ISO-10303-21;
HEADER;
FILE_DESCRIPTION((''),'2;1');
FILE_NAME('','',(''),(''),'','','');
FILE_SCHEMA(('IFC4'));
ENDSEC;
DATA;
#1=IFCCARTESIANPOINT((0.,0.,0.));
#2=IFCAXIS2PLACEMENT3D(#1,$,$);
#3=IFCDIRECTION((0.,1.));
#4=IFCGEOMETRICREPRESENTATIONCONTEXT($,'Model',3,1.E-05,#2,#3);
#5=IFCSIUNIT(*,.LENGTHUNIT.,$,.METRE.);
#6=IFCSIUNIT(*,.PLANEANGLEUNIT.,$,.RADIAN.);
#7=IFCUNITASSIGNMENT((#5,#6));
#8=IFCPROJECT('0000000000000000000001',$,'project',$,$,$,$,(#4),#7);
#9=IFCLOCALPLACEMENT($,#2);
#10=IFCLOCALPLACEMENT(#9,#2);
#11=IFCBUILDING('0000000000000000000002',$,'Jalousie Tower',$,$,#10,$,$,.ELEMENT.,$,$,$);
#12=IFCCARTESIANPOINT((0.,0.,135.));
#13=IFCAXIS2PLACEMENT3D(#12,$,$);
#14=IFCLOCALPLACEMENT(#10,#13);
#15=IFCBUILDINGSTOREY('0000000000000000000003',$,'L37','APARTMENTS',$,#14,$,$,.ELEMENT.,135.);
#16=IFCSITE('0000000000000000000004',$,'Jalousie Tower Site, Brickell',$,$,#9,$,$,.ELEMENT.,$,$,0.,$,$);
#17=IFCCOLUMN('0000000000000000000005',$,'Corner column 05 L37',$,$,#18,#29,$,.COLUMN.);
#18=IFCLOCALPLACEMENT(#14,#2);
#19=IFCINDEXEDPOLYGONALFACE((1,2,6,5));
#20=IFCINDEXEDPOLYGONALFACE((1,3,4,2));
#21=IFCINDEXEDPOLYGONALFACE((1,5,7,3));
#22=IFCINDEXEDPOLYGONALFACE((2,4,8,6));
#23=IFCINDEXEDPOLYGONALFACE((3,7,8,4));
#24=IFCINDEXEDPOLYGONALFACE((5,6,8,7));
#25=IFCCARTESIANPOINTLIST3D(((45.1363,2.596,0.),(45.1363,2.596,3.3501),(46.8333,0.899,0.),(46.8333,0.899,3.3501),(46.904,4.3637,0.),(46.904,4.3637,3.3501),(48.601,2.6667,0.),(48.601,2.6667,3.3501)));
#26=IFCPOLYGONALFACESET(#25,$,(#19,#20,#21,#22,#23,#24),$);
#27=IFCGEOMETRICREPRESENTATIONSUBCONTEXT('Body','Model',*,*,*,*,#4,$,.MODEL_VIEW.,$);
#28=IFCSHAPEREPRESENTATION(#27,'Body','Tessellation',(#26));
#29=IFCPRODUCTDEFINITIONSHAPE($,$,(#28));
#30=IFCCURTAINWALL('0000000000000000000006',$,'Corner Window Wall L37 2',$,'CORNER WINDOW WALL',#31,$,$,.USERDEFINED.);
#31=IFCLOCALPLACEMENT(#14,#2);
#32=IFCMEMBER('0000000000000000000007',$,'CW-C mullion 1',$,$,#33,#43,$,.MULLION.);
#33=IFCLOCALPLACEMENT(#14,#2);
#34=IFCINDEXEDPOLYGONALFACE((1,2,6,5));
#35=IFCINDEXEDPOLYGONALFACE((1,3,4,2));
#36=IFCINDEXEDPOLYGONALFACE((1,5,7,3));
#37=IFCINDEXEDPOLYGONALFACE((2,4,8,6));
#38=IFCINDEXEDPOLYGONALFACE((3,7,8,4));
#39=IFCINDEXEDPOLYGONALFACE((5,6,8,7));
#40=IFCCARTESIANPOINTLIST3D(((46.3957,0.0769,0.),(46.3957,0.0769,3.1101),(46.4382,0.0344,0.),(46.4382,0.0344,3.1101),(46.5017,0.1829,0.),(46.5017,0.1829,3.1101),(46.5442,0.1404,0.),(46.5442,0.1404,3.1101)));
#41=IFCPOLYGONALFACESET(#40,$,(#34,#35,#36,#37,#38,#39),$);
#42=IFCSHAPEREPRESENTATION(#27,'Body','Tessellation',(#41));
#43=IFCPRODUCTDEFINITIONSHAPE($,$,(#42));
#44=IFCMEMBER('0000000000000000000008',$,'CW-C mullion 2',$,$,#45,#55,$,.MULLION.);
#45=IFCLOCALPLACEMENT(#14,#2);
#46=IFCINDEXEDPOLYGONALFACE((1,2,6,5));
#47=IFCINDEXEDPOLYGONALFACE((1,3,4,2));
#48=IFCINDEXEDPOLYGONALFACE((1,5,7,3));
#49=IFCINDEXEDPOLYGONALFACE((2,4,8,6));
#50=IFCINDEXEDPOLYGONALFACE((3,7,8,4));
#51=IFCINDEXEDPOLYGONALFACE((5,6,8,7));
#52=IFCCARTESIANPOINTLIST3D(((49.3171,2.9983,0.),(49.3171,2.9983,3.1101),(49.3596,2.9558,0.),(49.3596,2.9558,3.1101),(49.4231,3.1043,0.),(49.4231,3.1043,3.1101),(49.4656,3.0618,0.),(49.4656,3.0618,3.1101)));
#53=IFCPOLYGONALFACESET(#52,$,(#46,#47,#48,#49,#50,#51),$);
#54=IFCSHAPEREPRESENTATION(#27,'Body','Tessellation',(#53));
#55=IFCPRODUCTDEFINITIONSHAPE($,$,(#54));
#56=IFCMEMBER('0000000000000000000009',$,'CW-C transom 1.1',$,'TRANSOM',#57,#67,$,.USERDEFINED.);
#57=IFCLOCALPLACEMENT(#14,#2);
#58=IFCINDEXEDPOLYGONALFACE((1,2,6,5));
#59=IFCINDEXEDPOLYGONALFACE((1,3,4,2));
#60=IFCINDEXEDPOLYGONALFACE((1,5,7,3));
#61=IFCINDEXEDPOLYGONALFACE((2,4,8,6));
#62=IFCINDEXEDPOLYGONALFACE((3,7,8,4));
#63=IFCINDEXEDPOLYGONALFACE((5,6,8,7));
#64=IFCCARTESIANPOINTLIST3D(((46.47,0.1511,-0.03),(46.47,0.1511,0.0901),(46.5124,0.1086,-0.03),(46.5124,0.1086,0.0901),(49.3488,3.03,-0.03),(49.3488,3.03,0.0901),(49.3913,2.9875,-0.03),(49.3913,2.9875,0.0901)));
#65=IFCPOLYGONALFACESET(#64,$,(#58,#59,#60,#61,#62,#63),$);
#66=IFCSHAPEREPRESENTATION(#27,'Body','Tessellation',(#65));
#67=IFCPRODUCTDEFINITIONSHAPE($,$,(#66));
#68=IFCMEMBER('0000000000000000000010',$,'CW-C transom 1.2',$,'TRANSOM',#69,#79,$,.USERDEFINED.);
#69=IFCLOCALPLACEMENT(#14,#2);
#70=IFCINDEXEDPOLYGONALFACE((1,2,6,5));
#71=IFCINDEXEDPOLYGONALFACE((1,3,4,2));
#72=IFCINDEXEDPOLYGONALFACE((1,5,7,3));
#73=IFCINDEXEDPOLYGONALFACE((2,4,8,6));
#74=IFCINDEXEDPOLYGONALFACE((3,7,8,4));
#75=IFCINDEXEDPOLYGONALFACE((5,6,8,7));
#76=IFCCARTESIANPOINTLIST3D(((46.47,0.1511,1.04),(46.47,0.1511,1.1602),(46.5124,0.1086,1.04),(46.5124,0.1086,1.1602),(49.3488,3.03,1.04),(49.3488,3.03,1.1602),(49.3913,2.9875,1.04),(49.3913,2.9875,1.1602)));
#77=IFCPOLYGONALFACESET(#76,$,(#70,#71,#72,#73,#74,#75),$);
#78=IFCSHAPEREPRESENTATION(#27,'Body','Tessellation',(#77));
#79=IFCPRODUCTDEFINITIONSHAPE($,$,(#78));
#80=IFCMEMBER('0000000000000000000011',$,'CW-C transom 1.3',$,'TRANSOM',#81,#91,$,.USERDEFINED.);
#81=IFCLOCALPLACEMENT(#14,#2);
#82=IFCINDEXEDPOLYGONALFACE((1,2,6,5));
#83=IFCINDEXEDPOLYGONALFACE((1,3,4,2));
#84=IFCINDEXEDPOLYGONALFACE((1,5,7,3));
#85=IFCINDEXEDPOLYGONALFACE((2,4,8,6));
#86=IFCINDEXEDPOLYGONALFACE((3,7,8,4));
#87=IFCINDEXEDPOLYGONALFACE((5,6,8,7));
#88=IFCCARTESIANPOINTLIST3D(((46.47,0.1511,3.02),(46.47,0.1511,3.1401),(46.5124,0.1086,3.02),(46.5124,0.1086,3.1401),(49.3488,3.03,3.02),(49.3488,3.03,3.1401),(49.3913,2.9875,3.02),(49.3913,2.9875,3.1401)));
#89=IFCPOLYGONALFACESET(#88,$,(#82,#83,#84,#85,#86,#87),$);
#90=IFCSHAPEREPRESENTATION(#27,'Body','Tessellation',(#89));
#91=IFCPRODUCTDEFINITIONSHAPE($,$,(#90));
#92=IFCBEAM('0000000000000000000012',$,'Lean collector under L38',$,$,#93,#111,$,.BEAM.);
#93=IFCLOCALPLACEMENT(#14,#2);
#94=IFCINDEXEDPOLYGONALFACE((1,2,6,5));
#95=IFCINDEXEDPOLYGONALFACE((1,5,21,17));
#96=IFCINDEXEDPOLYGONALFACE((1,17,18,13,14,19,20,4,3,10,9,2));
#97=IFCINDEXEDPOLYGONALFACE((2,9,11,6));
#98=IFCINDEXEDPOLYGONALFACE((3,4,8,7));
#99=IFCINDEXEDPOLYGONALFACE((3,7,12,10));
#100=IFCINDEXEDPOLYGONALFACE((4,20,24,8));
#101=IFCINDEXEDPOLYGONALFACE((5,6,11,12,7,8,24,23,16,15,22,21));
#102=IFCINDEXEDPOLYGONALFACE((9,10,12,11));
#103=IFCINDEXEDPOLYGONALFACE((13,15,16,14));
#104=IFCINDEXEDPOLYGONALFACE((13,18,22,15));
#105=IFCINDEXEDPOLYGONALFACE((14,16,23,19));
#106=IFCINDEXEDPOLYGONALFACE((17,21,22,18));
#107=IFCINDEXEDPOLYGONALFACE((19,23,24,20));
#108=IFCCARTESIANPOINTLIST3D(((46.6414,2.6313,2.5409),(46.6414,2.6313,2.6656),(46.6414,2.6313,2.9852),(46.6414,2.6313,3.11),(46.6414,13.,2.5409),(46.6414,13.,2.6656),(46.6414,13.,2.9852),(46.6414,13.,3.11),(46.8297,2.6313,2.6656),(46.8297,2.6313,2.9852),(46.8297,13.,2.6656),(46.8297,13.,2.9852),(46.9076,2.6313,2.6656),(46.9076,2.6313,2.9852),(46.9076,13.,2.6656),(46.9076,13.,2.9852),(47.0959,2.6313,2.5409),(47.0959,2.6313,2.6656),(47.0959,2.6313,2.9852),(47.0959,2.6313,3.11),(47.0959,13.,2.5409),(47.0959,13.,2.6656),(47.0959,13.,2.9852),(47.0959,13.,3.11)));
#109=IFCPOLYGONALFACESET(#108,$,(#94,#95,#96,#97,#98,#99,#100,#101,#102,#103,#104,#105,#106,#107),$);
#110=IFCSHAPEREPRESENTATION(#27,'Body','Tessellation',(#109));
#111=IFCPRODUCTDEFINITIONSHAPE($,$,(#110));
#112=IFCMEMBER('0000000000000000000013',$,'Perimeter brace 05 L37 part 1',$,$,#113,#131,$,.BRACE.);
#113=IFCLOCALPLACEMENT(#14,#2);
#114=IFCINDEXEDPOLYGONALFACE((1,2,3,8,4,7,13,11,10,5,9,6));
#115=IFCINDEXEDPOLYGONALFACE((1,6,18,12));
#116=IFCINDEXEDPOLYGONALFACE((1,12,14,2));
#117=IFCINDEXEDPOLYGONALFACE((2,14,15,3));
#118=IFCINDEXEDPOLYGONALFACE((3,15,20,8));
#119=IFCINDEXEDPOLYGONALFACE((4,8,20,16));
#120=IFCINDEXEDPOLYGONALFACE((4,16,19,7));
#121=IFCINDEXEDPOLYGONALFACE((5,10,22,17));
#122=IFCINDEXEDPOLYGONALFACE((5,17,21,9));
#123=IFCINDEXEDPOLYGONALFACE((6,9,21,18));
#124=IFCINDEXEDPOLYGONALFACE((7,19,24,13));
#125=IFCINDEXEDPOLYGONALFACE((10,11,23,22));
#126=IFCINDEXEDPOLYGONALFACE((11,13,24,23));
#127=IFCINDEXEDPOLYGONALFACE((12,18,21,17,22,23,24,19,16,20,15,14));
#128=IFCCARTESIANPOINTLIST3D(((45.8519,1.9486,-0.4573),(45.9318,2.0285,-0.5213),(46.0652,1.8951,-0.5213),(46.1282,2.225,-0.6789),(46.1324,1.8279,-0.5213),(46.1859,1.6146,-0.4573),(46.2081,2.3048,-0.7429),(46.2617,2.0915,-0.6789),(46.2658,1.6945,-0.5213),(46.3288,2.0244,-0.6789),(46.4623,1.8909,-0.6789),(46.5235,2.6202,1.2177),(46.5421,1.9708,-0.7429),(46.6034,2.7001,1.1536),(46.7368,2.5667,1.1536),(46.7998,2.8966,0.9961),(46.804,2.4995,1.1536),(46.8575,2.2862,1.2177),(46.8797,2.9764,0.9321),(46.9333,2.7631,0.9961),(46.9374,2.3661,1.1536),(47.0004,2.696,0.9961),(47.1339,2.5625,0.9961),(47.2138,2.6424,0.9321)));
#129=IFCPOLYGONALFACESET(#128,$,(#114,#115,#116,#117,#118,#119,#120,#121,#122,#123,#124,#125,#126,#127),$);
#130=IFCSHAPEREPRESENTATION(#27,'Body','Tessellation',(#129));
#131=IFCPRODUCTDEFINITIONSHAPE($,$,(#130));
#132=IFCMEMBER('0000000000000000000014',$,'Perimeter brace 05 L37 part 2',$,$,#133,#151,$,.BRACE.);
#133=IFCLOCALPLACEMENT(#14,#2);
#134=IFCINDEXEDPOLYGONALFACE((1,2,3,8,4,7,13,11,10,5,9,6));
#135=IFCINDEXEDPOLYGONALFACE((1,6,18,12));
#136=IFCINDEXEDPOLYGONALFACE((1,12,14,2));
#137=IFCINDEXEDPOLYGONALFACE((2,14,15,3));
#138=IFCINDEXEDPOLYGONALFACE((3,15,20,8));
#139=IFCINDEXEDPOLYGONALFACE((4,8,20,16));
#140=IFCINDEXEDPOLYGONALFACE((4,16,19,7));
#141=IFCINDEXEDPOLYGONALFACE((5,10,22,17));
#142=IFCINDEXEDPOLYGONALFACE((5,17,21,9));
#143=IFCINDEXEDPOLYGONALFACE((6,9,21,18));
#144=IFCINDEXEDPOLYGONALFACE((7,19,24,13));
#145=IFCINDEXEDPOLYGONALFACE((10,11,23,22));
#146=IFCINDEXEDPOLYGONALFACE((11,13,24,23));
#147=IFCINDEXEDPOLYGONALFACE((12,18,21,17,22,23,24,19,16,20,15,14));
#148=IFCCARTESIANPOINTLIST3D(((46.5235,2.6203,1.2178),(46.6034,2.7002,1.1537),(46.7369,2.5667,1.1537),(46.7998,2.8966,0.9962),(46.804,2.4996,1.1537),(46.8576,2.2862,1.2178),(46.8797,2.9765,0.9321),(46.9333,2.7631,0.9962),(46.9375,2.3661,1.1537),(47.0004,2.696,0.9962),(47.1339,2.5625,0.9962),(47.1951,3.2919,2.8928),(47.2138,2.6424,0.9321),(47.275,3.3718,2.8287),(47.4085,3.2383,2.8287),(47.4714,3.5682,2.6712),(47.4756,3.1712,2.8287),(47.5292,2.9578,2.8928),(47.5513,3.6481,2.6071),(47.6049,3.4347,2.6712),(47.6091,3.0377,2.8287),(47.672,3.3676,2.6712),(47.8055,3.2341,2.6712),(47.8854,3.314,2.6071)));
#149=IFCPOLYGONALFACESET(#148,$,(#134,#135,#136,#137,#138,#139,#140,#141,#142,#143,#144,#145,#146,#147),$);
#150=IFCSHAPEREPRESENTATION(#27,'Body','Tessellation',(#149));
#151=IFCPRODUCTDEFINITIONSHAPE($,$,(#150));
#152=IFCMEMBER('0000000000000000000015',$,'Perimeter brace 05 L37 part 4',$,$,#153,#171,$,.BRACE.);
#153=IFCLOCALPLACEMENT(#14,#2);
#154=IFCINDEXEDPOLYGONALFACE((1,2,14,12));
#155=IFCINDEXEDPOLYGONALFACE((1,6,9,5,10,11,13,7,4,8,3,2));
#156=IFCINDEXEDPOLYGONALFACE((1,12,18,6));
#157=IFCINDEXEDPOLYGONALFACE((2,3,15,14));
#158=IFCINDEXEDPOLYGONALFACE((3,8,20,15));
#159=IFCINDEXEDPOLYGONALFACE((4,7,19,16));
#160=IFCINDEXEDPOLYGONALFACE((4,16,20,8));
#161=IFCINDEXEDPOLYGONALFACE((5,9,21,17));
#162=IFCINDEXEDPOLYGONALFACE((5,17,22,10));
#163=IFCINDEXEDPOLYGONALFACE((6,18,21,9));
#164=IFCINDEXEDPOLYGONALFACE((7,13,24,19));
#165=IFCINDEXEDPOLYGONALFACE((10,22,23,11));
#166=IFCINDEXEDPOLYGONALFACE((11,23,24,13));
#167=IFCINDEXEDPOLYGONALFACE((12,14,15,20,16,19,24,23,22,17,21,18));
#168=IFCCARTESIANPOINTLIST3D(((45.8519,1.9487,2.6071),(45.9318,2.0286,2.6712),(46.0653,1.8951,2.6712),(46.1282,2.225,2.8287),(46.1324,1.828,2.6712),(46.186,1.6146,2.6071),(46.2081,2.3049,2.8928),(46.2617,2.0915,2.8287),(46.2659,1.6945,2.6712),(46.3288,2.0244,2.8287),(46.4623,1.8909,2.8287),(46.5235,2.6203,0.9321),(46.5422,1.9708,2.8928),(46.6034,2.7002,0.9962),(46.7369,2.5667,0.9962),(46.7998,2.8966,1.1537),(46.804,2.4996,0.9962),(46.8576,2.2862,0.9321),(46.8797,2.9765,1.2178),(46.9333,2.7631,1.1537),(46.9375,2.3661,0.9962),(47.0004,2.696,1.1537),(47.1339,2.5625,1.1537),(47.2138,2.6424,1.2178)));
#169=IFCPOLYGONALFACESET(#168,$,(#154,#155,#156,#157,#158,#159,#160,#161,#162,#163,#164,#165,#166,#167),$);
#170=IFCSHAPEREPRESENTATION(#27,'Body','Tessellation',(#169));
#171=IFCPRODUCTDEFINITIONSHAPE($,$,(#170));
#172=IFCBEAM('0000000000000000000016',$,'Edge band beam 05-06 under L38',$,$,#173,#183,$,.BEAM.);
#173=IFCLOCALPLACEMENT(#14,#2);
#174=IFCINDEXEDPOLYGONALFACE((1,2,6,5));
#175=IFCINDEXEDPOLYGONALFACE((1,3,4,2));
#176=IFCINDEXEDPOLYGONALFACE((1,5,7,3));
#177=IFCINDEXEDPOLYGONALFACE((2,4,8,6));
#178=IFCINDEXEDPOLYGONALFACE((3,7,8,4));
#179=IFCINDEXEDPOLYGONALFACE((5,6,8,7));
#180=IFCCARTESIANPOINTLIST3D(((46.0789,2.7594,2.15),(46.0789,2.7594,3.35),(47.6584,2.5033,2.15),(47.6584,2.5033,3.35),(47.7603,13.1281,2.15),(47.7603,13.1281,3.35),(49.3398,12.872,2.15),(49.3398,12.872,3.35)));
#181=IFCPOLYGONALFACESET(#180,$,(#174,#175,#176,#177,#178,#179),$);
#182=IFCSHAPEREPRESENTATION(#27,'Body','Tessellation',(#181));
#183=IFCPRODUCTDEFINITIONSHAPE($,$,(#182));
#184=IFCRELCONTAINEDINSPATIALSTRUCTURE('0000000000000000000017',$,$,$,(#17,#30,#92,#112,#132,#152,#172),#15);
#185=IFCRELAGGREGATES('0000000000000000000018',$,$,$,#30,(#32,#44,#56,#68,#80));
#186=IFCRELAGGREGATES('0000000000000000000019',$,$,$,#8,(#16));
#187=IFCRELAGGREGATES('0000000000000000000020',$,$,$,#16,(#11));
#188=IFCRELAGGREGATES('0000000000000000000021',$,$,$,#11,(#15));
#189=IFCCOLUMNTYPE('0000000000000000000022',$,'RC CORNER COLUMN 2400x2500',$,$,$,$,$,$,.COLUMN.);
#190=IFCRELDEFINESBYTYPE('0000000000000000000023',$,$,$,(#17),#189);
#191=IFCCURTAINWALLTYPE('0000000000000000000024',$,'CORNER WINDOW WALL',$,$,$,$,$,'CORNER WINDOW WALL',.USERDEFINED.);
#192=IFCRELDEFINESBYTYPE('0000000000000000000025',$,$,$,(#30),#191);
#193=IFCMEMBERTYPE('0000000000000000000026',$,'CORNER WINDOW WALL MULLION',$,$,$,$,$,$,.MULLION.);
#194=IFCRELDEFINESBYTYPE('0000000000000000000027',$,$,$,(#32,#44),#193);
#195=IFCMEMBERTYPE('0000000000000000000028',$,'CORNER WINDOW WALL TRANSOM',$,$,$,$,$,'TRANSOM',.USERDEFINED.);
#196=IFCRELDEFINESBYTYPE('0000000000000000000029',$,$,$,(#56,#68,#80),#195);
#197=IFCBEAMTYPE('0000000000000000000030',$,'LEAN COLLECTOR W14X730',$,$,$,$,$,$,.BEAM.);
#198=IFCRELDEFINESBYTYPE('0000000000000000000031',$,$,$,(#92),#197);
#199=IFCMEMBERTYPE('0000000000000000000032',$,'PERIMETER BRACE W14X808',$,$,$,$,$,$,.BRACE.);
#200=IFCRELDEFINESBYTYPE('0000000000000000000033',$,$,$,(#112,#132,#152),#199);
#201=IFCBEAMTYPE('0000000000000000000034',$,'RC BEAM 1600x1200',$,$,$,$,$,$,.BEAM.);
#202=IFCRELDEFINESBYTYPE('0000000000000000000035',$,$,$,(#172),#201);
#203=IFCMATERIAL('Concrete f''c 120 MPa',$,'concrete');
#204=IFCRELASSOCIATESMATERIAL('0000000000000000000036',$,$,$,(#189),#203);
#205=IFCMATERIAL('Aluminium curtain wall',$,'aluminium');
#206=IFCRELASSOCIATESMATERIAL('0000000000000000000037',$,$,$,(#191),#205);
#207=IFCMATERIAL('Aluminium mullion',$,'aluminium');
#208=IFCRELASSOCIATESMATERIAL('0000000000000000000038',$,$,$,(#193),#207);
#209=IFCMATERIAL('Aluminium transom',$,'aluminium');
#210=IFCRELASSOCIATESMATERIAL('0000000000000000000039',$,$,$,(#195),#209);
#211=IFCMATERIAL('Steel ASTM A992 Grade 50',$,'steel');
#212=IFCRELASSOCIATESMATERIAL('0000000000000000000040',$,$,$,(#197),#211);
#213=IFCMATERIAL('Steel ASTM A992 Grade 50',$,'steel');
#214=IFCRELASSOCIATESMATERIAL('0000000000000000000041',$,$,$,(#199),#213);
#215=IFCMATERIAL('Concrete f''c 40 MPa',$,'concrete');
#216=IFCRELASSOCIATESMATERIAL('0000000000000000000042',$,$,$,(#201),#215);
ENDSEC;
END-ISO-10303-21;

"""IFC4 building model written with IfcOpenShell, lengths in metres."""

from ifc_helpers import new_model, si_unit, direction, frame, origin, origin_2d, place, context, subcontext, project, spatial, rectangle, i_section, extrude, material, material_profile, profile_set, type_object, element, aggregate, save


model = new_model("IFC4")

# Units and contexts
model_context = context("Model", 3, precision=1e-05, world=origin(), true_north=direction((0.0, 1.0)))
body_context = subcontext(model_context, "Body", "Model", "MODEL_VIEW")
ifc_project = project(units=[si_unit("LENGTHUNIT", "METRE"), si_unit("PLANEANGLEUNIT", "RADIAN")], contexts=[model_context])

# Site, building, storey
site_placement = place(None, origin())
site = spatial("IfcSite", under=ifc_project, at=site_placement, Name="Jalousie Tower Site, Brickell", CompositionType="ELEMENT", RefElevation=0.0)
building_placement = place(site_placement, origin())
building = spatial("IfcBuilding", under=site, at=building_placement, Name="Jalousie Tower", CompositionType="ELEMENT")
storey_placement = place(building_placement, frame((0.0, 0.0, 135.0)))
storey = spatial("IfcBuildingStorey", under=building, at=storey_placement, Name="L37", Description="APARTMENTS", CompositionType="ELEMENT", Elevation=135.0)

# Column
ifc_material_1 = material(Name="Concrete f'c 120 MPa", Category="concrete")
ifc_material_profile_1 = material_profile(ifc_material_1, rectangle(XDim=2.3999, YDim=2.5, at=origin_2d()), Name="RC 2400x2500")
ifc_profile_set_1 = profile_set([ifc_material_profile_1], Name="Concrete f'c 120 MPa")
column_type = type_object("IfcColumnType", Name="RC CORNER COLUMN 2400x2500", PredefinedType="COLUMN", material=ifc_profile_set_1)
column_placement = place(storey_placement, frame((46.8687, 2.6313, 0.0), z_axis=(0.0, 0.0, 1.0), x_axis=(-0.707107, 0.707107, 0.0)))
element("IfcColumn", 1, at=column_placement, inside=storey, type_object=column_type, Name="Corner column 05 L37", PredefinedType="COLUMN", context=body_context, shape_type="SweptSolid", body=[
    extrude(rectangle(XDim=2.3999, YDim=2.5, at=origin_2d()), origin(), (0.0, 0.0, 1.0), 3.3501),
])

# Curtain wall, members
ifc_material_2 = material(Name="Aluminium curtain wall", Category="aluminium")
curtain_wall_type_1 = type_object("IfcCurtainWallType", Name="CORNER WINDOW WALL", ElementType="CORNER WINDOW WALL", PredefinedType="USERDEFINED", material=ifc_material_2)
curtain_wall_1_placement = place(storey_placement, origin())
curtain_wall_1 = element("IfcCurtainWall", 2, at=curtain_wall_1_placement, inside=storey, type_object=curtain_wall_type_1, Name="Corner Window Wall L37 2", ObjectType="CORNER WINDOW WALL", PredefinedType="USERDEFINED")
ifc_material_3 = material(Name="Aluminium mullion", Category="aluminium")
ifc_material_profile_2 = material_profile(ifc_material_3, rectangle(XDim=0.0601, YDim=0.1499, at=origin_2d()), Name="MULLION 60x150")
ifc_profile_set_2 = profile_set([ifc_material_profile_2], Name="Aluminium mullion")
member_type_1 = type_object("IfcMemberType", Name="CORNER WINDOW WALL MULLION", PredefinedType="MULLION", material=ifc_profile_set_2)
member_1_placement = place(storey_placement, frame((46.47, 0.1086, 0.0), z_axis=(0.0, 0.0, 1.0), x_axis=(-0.707107, 0.707107, 0.0)))
member_1 = element("IfcMember", 3, at=member_1_placement, type_object=member_type_1, Name="CW-C mullion 1", PredefinedType="MULLION", context=body_context, shape_type="SweptSolid", body=[
    extrude(rectangle(XDim=0.0601, YDim=0.1499, at=origin_2d()), origin(), (0.0, 0.0, 1.0), 3.1101),
])
member_2_placement = place(storey_placement, frame((49.3914, 3.03, 0.0), z_axis=(0.0, 0.0, 1.0), x_axis=(-0.707107, 0.707107, 0.0)))
member_2 = element("IfcMember", 4, at=member_2_placement, type_object=member_type_1, Name="CW-C mullion 2", PredefinedType="MULLION", context=body_context, shape_type="SweptSolid", body=[
    extrude(rectangle(XDim=0.0601, YDim=0.1499, at=origin_2d()), origin(), (0.0, 0.0, 1.0), 3.1101),
])
ifc_material_4 = material(Name="Aluminium transom", Category="aluminium")
ifc_material_profile_3 = material_profile(ifc_material_4, rectangle(XDim=0.0601, YDim=0.1201, at=origin_2d()), Name="TRANSOM 60x120")
ifc_profile_set_3 = profile_set([ifc_material_profile_3], Name="Aluminium transom")
member_type_2 = type_object("IfcMemberType", Name="CORNER WINDOW WALL TRANSOM", ElementType="TRANSOM", PredefinedType="USERDEFINED", material=ifc_profile_set_3)
member_3_placement = place(storey_placement, frame((46.4912, 0.1299, 0.03), z_axis=(0.707107, 0.707107, 0.0), x_axis=(-0.707107, 0.707107, 0.0)))
member_3 = element("IfcMember", 5, at=member_3_placement, type_object=member_type_2, Name="CW-C transom 1.1", ObjectType="TRANSOM", PredefinedType="USERDEFINED", context=body_context, shape_type="SweptSolid", body=[
    extrude(rectangle(XDim=0.0601, YDim=0.1201, at=origin_2d()), origin(), (0.0, 0.0, 1.0), 4.0713),
])
member_4_placement = place(storey_placement, frame((46.4912, 0.1299, 1.1001), z_axis=(0.707107, 0.707107, 0.0), x_axis=(-0.707107, 0.707107, 0.0)))
member_4 = element("IfcMember", 6, at=member_4_placement, type_object=member_type_2, Name="CW-C transom 1.2", ObjectType="TRANSOM", PredefinedType="USERDEFINED", context=body_context, shape_type="SweptSolid", body=[
    extrude(rectangle(XDim=0.0601, YDim=0.1201, at=origin_2d()), origin(), (0.0, 0.0, 1.0), 4.0713),
])
member_5_placement = place(storey_placement, frame((46.4912, 0.1299, 3.0801), z_axis=(0.707107, 0.707107, 0.0), x_axis=(-0.707107, 0.707107, 0.0)))
member_5 = element("IfcMember", 7, at=member_5_placement, type_object=member_type_2, Name="CW-C transom 1.3", ObjectType="TRANSOM", PredefinedType="USERDEFINED", context=body_context, shape_type="SweptSolid", body=[
    extrude(rectangle(XDim=0.0601, YDim=0.1201, at=origin_2d()), origin(), (0.0, 0.0, 1.0), 4.0713),
])

# Beam
ifc_material_5 = material(Name="Steel ASTM A992 Grade 50", Category="steel")
ifc_material_profile_4 = material_profile(ifc_material_5, i_section(OverallWidth=0.4546, OverallDepth=0.5691, WebThickness=0.0779, FlangeThickness=0.1248, at=origin_2d()), Name="W14X730")
ifc_profile_set_4 = profile_set([ifc_material_profile_4], Name="Steel ASTM A992 Grade 50")
beam_type_1 = type_object("IfcBeamType", Name="LEAN COLLECTOR W14X730", PredefinedType="BEAM", material=ifc_profile_set_4)
beam_1_placement = place(storey_placement, frame((46.8687, 2.6313, 2.8254), z_axis=(0.0, 1.0, 0.0), x_axis=(-1.0, 0.0, 0.0)))
element("IfcBeam", 8, at=beam_1_placement, inside=storey, type_object=beam_type_1, Name="Lean collector under L38", PredefinedType="BEAM", context=body_context, shape_type="SweptSolid", body=[
    extrude(i_section(OverallWidth=0.4546, OverallDepth=0.5691, WebThickness=0.0779, FlangeThickness=0.1248, at=origin_2d()), origin(), (0.0, 0.0, 1.0), 10.3687),
])

# Members
ifc_material_6 = material(Name="Steel ASTM A992 Grade 50", Category="steel")
ifc_material_profile_5 = material_profile(ifc_material_6, i_section(OverallWidth=0.4724, OverallDepth=0.5791, WebThickness=0.095, FlangeThickness=0.1299, at=origin_2d()), Name="W14X808")
ifc_profile_set_5 = profile_set([ifc_material_profile_5], Name="Steel ASTM A992 Grade 50")
member_type_3 = type_object("IfcMemberType", Name="PERIMETER BRACE W14X808", PredefinedType="BRACE", material=ifc_profile_set_5)
for number, where, z_axis, x_axis, name in (
    (9, (46.197, 1.9597, -0.6001), (0.348789, 0.348789, 0.869881), (-0.707107, 0.707107, 0.0), "Perimeter brace 05 L37 part 1"),
    (10, (46.8687, 2.6313, 1.075), (0.348789, 0.348789, 0.869881), (-0.707107, 0.707107, 0.0), "Perimeter brace 05 L37 part 2"),
    (11, (46.8687, 2.6313, 1.075), (-0.348789, -0.348789, 0.869881), (0.707107, -0.707107, 0.0), "Perimeter brace 05 L37 part 4"),
):
    element("IfcMember", number, at=place(storey_placement, frame(where, z_axis=z_axis, x_axis=x_axis)), inside=storey, type_object=member_type_3, Name=name, PredefinedType="BRACE", context=body_context, shape_type="SweptSolid", body=[
        extrude(i_section(OverallWidth=0.4724, OverallDepth=0.5791, WebThickness=0.095, FlangeThickness=0.1299, at=origin_2d()), origin(), (0.0, 0.0, 1.0), 1.9255),
    ])

# Beam
ifc_material_7 = material(Name="Concrete f'c 40 MPa", Category="concrete")
ifc_material_profile_6 = material_profile(ifc_material_7, rectangle(XDim=1.6001, YDim=1.2, at=origin_2d()), Name="RC 1600x1200")
ifc_profile_set_6 = profile_set([ifc_material_profile_6], Name="Concrete f'c 40 MPa")
beam_type_2 = type_object("IfcBeamType", Name="RC BEAM 1600x1200", PredefinedType="BEAM", material=ifc_profile_set_6)
beam_2_placement = place(storey_placement, frame((46.8687, 2.6313, 2.75), z_axis=(0.160071, 0.987106, 0.0), x_axis=(-0.987106, 0.160071, 0.0)))
element("IfcBeam", 12, at=beam_2_placement, inside=storey, type_object=beam_type_2, Name="Edge band beam 05-06 under L38", PredefinedType="BEAM", context=body_context, shape_type="SweptSolid", body=[
    extrude(rectangle(XDim=1.6001, YDim=1.2, at=origin_2d()), origin(), (0.0, 0.0, 1.0), 10.5042),
])

aggregate(curtain_wall_1, [member_1, member_2, member_3, member_4, member_5])

save(model, "model.ifc")
